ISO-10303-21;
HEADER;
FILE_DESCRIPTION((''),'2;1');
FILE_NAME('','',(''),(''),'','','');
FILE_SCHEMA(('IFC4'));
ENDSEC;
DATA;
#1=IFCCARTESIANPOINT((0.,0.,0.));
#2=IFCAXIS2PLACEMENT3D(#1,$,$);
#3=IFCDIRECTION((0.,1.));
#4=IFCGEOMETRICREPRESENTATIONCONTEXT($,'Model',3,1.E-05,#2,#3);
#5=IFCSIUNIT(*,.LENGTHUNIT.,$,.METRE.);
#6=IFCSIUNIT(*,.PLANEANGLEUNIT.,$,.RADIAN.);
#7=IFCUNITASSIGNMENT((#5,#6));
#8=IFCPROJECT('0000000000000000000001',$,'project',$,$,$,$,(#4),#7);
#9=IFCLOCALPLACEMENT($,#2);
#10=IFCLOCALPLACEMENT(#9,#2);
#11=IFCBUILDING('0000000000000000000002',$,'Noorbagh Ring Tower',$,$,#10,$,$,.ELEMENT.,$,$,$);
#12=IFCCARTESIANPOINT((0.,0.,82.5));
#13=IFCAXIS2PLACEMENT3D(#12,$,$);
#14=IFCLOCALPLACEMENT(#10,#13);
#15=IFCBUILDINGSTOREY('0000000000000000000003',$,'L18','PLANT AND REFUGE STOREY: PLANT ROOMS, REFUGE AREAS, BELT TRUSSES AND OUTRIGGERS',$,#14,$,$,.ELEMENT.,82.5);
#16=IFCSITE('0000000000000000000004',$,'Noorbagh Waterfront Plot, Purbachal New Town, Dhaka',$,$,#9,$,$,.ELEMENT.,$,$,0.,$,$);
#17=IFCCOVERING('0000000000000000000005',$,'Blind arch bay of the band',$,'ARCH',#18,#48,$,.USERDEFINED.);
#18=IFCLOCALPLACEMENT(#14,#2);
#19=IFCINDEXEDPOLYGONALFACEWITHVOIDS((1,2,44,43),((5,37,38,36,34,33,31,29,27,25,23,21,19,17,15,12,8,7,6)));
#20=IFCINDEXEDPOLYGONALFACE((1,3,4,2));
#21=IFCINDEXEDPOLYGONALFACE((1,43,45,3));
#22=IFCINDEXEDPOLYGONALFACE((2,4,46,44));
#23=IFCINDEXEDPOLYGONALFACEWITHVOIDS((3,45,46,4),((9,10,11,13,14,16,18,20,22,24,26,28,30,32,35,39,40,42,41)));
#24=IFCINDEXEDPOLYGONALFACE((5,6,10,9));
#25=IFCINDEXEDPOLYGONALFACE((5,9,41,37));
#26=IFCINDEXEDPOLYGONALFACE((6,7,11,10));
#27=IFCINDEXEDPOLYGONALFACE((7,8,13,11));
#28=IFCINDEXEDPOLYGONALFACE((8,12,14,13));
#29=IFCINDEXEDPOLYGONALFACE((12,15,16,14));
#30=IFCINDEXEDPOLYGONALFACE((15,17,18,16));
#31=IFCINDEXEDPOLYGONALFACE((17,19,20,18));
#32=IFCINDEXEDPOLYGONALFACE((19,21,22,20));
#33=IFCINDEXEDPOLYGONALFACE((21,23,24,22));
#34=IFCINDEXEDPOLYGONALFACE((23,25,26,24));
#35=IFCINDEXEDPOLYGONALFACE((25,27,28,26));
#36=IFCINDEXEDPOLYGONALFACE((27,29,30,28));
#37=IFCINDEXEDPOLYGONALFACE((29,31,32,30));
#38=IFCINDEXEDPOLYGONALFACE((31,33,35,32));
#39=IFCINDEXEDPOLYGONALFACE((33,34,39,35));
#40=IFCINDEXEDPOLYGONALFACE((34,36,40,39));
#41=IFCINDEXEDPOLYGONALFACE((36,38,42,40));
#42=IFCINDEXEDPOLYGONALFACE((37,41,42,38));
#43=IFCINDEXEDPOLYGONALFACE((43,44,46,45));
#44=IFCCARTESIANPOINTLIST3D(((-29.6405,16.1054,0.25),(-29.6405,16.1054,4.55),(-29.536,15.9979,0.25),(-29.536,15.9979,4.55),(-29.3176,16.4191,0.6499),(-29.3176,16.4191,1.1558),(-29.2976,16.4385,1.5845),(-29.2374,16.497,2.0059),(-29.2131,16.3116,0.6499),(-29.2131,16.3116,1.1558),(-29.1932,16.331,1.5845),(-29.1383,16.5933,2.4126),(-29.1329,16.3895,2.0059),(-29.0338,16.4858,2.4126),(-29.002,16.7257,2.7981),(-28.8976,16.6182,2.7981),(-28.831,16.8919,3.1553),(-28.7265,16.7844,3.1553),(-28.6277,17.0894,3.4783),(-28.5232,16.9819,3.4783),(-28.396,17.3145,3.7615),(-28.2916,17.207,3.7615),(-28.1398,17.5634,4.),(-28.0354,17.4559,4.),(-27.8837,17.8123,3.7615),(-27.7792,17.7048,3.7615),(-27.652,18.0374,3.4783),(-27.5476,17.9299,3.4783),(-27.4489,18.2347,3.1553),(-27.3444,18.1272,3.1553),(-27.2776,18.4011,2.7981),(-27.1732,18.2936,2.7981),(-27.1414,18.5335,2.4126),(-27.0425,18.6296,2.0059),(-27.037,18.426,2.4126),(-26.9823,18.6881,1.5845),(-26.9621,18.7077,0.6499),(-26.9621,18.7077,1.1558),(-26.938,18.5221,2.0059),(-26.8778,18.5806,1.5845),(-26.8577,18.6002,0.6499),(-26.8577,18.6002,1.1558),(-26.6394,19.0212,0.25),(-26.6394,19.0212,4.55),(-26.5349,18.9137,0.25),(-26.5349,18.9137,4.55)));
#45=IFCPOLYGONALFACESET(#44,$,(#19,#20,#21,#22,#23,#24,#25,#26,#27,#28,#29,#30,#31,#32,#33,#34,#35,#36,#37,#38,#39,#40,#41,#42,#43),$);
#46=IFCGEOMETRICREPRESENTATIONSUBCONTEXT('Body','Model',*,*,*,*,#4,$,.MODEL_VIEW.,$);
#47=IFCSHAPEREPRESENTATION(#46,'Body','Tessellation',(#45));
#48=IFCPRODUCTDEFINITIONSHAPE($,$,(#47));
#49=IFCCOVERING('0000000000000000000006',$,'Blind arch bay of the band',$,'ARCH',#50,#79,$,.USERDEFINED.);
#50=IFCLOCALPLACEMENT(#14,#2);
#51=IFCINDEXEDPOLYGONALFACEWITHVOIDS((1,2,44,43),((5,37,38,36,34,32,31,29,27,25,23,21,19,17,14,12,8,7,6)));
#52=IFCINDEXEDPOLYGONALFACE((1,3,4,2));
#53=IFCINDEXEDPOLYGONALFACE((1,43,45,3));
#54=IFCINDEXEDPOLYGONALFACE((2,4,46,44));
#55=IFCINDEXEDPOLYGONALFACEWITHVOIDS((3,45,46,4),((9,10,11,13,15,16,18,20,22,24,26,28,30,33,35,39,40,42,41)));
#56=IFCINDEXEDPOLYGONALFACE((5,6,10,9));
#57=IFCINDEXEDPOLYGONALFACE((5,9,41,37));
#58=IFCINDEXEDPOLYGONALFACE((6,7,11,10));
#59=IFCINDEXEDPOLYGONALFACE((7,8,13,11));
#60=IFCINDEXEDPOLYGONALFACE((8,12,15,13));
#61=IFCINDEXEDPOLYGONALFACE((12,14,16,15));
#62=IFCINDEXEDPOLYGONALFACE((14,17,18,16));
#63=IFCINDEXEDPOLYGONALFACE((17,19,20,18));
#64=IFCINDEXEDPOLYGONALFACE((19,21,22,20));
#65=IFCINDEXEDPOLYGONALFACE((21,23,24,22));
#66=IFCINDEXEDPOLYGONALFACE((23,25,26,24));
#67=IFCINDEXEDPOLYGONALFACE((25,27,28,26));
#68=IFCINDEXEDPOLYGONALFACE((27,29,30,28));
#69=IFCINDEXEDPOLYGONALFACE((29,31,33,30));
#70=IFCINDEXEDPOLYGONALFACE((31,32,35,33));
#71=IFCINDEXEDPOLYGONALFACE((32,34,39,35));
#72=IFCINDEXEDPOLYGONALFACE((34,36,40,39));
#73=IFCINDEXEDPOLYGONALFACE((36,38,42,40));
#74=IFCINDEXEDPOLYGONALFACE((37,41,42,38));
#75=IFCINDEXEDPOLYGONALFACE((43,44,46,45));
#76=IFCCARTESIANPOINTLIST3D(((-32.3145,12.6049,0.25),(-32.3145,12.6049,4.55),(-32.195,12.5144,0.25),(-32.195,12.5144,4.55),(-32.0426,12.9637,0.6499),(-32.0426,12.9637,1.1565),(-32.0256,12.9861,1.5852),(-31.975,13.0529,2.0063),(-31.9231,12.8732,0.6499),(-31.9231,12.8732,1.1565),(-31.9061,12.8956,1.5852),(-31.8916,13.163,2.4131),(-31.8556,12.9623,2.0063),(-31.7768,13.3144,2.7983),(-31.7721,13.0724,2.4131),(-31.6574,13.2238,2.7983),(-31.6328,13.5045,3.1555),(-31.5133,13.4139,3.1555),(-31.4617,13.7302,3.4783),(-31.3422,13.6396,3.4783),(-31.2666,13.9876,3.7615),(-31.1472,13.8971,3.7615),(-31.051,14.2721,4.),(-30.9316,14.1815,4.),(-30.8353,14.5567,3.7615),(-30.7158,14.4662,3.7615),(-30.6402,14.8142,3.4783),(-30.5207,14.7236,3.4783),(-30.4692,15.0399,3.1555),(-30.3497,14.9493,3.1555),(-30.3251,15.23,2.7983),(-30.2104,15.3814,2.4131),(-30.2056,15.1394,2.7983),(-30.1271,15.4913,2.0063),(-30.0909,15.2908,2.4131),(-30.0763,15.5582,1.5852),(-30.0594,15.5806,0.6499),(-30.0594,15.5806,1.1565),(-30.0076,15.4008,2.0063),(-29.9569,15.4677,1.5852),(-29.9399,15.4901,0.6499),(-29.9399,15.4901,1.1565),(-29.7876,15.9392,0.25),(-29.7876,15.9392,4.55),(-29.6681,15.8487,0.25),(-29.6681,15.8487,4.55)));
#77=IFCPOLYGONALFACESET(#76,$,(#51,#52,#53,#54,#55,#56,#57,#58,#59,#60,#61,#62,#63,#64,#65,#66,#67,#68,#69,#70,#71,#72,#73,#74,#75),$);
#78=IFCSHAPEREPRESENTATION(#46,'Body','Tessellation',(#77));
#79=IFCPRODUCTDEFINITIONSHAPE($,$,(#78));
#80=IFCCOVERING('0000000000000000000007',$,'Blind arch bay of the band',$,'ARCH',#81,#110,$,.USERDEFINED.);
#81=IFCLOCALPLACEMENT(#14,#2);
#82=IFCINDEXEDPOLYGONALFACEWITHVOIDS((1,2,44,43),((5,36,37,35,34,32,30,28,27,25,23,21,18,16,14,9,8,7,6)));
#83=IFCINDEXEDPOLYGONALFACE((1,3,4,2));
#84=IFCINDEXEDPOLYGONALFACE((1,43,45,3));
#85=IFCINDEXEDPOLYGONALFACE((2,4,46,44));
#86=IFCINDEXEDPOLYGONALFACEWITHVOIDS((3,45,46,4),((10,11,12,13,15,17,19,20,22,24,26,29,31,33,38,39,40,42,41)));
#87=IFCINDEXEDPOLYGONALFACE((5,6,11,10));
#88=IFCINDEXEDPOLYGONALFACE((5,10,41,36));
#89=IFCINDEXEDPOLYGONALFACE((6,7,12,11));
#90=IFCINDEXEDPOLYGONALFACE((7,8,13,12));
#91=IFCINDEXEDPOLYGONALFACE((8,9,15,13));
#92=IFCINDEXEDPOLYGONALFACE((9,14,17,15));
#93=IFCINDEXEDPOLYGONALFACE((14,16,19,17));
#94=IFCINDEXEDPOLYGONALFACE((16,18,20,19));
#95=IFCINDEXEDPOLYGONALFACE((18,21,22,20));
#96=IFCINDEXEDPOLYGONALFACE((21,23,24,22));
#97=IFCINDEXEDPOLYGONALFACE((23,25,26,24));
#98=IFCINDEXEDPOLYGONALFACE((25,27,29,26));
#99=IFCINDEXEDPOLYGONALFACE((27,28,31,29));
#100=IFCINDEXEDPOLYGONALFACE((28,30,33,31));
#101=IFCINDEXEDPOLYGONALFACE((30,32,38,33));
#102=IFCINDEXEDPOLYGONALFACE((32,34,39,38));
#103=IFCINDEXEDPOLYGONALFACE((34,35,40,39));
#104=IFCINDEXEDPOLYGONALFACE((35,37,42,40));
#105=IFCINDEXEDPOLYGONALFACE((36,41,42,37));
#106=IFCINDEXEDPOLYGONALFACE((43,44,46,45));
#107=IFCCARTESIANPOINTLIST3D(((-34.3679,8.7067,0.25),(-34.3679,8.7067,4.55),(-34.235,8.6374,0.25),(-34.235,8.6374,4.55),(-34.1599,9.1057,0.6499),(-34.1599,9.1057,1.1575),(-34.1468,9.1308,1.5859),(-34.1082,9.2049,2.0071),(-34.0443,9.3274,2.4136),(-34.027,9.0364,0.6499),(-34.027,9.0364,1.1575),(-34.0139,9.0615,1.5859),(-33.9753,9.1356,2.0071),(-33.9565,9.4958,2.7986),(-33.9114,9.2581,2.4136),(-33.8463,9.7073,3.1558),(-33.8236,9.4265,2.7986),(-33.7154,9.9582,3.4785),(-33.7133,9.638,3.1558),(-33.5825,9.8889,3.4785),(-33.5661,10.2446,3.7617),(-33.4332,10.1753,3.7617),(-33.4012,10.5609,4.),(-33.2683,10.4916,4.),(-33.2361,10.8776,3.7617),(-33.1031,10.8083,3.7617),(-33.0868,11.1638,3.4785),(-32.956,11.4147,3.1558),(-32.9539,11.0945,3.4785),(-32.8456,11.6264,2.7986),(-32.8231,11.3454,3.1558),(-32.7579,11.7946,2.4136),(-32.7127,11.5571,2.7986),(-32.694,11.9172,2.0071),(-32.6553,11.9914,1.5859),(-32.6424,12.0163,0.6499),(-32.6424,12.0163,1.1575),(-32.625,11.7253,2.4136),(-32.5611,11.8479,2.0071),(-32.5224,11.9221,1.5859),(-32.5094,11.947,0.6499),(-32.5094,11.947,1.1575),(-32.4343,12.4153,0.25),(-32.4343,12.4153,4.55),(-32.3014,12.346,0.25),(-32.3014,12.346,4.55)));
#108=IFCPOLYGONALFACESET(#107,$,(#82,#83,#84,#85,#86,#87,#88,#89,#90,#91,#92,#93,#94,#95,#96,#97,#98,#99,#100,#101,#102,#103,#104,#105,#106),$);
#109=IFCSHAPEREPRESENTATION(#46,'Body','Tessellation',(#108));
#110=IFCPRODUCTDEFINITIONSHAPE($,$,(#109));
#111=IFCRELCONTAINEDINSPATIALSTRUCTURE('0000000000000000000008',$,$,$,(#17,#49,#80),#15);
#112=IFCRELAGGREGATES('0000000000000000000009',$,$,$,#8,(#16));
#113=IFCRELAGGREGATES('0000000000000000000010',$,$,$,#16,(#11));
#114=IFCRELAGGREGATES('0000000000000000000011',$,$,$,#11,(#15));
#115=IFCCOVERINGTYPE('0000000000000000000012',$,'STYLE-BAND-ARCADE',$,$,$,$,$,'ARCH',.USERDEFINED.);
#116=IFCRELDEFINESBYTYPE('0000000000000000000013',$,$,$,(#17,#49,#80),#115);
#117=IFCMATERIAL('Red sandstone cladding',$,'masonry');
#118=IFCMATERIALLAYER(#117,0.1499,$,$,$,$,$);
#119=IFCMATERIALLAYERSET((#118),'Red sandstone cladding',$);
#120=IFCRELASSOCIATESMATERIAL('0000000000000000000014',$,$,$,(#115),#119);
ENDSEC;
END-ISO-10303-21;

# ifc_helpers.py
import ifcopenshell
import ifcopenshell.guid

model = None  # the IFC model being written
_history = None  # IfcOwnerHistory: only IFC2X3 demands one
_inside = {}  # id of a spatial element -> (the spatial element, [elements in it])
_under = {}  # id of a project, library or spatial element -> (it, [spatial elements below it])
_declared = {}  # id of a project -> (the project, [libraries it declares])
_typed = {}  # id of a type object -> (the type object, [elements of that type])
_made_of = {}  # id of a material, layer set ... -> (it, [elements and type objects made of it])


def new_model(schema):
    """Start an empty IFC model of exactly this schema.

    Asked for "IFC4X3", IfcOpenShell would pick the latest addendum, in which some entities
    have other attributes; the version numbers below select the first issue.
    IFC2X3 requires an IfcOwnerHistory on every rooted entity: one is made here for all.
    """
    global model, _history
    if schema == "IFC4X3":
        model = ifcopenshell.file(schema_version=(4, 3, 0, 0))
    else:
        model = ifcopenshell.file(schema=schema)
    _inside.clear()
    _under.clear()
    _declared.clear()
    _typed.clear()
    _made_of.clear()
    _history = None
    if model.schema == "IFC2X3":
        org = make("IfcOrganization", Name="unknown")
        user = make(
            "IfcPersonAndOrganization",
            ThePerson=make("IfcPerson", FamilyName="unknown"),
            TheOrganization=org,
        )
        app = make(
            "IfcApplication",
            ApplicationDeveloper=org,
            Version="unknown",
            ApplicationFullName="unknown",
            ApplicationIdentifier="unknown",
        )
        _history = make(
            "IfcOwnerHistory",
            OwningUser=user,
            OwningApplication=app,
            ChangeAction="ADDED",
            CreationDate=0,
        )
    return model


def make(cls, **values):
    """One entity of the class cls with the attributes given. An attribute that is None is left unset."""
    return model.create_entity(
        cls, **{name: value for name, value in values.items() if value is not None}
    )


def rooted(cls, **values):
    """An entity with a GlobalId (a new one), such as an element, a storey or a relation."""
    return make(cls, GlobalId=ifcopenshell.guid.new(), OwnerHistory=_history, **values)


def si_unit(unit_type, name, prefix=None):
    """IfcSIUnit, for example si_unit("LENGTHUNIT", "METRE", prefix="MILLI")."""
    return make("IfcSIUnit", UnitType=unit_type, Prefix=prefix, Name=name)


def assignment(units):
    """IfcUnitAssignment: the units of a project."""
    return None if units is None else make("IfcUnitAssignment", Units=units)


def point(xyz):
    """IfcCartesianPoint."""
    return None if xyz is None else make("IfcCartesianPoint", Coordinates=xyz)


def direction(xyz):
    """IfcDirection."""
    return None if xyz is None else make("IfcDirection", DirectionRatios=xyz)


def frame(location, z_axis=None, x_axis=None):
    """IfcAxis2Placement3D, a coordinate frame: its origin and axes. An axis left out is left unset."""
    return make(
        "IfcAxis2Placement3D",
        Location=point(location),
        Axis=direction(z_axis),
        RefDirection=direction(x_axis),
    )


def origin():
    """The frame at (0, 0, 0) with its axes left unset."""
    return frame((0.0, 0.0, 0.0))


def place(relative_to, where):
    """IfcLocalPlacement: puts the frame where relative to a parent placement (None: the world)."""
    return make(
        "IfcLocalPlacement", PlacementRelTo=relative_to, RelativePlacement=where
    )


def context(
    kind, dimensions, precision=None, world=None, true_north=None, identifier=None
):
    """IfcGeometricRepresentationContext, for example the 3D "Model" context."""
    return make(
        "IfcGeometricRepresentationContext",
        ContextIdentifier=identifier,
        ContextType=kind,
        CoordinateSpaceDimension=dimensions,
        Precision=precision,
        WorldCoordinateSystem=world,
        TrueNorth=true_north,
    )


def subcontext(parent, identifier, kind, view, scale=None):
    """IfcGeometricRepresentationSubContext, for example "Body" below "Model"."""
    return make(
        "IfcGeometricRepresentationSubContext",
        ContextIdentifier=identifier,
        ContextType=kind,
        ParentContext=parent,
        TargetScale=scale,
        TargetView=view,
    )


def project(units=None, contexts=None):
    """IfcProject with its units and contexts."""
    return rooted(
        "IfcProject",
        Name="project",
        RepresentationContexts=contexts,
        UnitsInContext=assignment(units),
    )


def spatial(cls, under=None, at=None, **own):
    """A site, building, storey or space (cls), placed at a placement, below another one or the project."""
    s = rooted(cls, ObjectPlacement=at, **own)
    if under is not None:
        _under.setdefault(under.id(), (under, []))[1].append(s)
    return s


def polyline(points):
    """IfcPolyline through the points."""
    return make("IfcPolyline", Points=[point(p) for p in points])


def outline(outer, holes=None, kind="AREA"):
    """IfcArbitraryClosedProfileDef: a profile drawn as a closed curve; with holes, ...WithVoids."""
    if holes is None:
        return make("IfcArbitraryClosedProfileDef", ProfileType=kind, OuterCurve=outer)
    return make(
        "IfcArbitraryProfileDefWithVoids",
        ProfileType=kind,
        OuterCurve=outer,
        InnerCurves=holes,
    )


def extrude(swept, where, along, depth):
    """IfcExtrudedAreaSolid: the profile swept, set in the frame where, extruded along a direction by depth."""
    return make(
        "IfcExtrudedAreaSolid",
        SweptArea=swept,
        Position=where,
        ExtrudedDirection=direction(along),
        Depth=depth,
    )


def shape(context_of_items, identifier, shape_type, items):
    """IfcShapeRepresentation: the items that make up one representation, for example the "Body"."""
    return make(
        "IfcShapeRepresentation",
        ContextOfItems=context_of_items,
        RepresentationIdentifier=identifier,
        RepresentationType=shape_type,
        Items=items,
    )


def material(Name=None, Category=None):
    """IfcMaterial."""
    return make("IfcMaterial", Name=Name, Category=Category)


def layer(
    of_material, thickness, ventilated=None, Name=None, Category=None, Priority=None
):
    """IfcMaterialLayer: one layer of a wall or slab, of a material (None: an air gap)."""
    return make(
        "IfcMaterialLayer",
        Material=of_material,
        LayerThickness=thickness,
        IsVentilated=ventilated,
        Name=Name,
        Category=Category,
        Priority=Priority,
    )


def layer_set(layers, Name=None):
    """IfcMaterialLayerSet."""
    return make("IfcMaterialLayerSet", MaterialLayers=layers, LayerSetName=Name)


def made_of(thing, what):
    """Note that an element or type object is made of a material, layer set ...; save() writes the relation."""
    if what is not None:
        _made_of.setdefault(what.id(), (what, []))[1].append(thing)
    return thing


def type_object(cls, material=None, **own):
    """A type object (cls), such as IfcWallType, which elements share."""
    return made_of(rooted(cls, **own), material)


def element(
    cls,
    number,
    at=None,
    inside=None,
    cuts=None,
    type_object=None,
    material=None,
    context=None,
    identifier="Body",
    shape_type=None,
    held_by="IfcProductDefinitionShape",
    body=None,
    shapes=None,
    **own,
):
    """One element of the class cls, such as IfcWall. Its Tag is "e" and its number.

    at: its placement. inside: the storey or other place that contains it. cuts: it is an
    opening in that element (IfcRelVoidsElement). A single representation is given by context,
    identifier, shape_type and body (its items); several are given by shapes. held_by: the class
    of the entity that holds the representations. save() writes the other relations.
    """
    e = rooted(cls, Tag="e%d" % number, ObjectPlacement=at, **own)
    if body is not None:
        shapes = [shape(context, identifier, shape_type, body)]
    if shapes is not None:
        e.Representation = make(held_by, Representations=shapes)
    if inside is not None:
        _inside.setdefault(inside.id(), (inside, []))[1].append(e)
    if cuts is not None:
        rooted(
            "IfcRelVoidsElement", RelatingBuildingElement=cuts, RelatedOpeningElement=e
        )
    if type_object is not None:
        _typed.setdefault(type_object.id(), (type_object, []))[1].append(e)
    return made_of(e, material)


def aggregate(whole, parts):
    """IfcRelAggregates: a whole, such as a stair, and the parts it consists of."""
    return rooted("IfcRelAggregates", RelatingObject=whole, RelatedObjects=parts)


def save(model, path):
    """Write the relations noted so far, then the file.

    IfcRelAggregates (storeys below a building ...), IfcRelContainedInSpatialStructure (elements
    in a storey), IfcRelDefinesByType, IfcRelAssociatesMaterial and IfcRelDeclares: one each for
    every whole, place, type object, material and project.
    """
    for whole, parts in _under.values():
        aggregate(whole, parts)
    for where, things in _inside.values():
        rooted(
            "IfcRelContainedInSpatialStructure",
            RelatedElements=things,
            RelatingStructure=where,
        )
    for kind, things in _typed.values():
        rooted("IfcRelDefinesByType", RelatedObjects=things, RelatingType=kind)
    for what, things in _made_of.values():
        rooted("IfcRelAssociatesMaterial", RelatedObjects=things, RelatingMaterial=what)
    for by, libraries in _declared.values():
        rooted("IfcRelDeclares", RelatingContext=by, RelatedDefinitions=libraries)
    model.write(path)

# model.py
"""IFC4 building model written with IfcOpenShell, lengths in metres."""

from ifc_helpers import new_model, si_unit, direction, frame, origin, place, context, subcontext, project, spatial, polyline, outline, extrude, material, layer, layer_set, type_object, element, save


model = new_model("IFC4")

# Units and contexts
model_context = context("Model", 3, precision=1e-05, world=origin(), true_north=direction((0.0, 1.0)))
body_context = subcontext(model_context, "Body", "Model", "MODEL_VIEW")
ifc_project = project(units=[si_unit("LENGTHUNIT", "METRE"), si_unit("PLANEANGLEUNIT", "RADIAN")], contexts=[model_context])

# Site, building, storey
site_placement = place(None, origin())
site = spatial("IfcSite", under=ifc_project, at=site_placement, Name="Noorbagh Waterfront Plot, Purbachal New Town, Dhaka", CompositionType="ELEMENT", RefElevation=0.0)
building_placement = place(site_placement, origin())
building = spatial("IfcBuilding", under=site, at=building_placement, Name="Noorbagh Ring Tower", CompositionType="ELEMENT")
storey_placement = place(building_placement, frame((0.0, 0.0, 82.5)))
storey = spatial("IfcBuildingStorey", under=building, at=storey_placement, Name="L18", Description="PLANT AND REFUGE STOREY: PLANT ROOMS, REFUGE AREAS, BELT TRUSSES AND OUTRIGGERS", CompositionType="ELEMENT", Elevation=82.5)

# Coverings
ifc_material_1 = material(Name="Red sandstone cladding", Category="masonry")
ifc_layer_1 = layer(ifc_material_1, 0.1499)
ifc_layer_set_1 = layer_set([ifc_layer_1], Name="Red sandstone cladding")
covering_type_1 = type_object("IfcCoveringType", Name="STYLE-BAND-ARCADE", ElementType="ARCH", PredefinedType="USERDEFINED", material=ifc_layer_set_1)
covering_1_placement = place(storey_placement, frame((-26.6394, 19.0212, 0.25), z_axis=(-0.696852, 0.717215, 0.0), x_axis=(-0.717215, -0.696852, 0.0)))
element("IfcCovering", 1, at=covering_1_placement, inside=storey, type_object=covering_type_1, Name="Blind arch bay of the band", ObjectType="ARCH", PredefinedType="USERDEFINED", context=body_context, shape_type="SweptSolid", body=[
    extrude(outline(polyline([(0.0, 0.0), (4.1843, 0.0), (4.1843, 4.3), (0.0, 4.3), (0.0, 0.0)]), holes=[polyline([(0.45, 0.3999), (0.45, 0.9058), (0.478, 1.3345), (0.562, 1.7559), (0.7, 2.1626), (0.8899, 2.5481), (1.1287, 2.9053), (1.4119, 3.2283), (1.7349, 3.5115), (2.092, 3.75), (2.4492, 3.5115), (2.7722, 3.2283), (3.0557, 2.9053), (3.2942, 2.5481), (3.4841, 2.1626), (3.6223, 1.7559), (3.7063, 1.3345), (3.7341, 0.9058), (3.7341, 0.3999), (0.45, 0.3999)])]), origin(), (0.0, 0.0, -1.0), 0.1499),
])
covering_2_placement = place(storey_placement, frame((-29.7876, 15.9392, 0.25), z_axis=(-0.796986, 0.603998, 0.0), x_axis=(-0.603998, -0.796986, 0.0)))
element("IfcCovering", 2, at=covering_2_placement, inside=storey, type_object=covering_type_1, Name="Blind arch bay of the band", ObjectType="ARCH", PredefinedType="USERDEFINED", context=body_context, shape_type="SweptSolid", body=[
    extrude(outline(polyline([(0.0, 0.0), (4.1836, 0.0), (4.1836, 4.3), (0.0, 4.3), (0.0, 0.0)]), holes=[polyline([(0.45, 0.3999), (0.45, 0.9065), (0.478, 1.3352), (0.562, 1.7563), (0.7, 2.1631), (0.8899, 2.5483), (1.1284, 2.9055), (1.4116, 3.2283), (1.7346, 3.5115), (2.0918, 3.75), (2.4487, 3.5115), (2.7717, 3.2283), (3.0549, 2.9055), (3.2935, 2.5483), (3.4834, 2.1631), (3.6216, 1.7563), (3.7053, 1.3352), (3.7334, 0.9065), (3.7334, 0.3999), (0.45, 0.3999)])]), origin(), (0.0, 0.0, -1.0), 0.1499),
])
covering_3_placement = place(storey_placement, frame((-32.4343, 12.4153, 0.25), z_axis=(-0.88671, 0.462327, 0.0), x_axis=(-0.462327, -0.88671, 0.0)))
element("IfcCovering", 3, at=covering_3_placement, inside=storey, type_object=covering_type_1, Name="Blind arch bay of the band", ObjectType="ARCH", PredefinedType="USERDEFINED", context=body_context, shape_type="SweptSolid", body=[
    extrude(outline(polyline([(0.0, 0.0), (4.1824, 0.0), (4.1824, 4.3), (0.0, 4.3), (0.0, 0.0)]), holes=[polyline([(0.45, 0.3999), (0.45, 0.9075), (0.478, 1.3359), (0.5618, 1.7571), (0.7, 2.1636), (0.8896, 2.5486), (1.1284, 2.9058), (1.4114, 3.2285), (1.7341, 3.5117), (2.0913, 3.75), (2.448, 3.5117), (2.771, 3.2285), (3.054, 2.9058), (3.2925, 2.5486), (3.4824, 2.1636), (3.6206, 1.7571), (3.7041, 1.3359), (3.7324, 0.9075), (3.7324, 0.3999), (0.45, 0.3999)])]), origin(), (0.0, 0.0, -1.0), 0.1499),
])

save(model, "model.ifc")
